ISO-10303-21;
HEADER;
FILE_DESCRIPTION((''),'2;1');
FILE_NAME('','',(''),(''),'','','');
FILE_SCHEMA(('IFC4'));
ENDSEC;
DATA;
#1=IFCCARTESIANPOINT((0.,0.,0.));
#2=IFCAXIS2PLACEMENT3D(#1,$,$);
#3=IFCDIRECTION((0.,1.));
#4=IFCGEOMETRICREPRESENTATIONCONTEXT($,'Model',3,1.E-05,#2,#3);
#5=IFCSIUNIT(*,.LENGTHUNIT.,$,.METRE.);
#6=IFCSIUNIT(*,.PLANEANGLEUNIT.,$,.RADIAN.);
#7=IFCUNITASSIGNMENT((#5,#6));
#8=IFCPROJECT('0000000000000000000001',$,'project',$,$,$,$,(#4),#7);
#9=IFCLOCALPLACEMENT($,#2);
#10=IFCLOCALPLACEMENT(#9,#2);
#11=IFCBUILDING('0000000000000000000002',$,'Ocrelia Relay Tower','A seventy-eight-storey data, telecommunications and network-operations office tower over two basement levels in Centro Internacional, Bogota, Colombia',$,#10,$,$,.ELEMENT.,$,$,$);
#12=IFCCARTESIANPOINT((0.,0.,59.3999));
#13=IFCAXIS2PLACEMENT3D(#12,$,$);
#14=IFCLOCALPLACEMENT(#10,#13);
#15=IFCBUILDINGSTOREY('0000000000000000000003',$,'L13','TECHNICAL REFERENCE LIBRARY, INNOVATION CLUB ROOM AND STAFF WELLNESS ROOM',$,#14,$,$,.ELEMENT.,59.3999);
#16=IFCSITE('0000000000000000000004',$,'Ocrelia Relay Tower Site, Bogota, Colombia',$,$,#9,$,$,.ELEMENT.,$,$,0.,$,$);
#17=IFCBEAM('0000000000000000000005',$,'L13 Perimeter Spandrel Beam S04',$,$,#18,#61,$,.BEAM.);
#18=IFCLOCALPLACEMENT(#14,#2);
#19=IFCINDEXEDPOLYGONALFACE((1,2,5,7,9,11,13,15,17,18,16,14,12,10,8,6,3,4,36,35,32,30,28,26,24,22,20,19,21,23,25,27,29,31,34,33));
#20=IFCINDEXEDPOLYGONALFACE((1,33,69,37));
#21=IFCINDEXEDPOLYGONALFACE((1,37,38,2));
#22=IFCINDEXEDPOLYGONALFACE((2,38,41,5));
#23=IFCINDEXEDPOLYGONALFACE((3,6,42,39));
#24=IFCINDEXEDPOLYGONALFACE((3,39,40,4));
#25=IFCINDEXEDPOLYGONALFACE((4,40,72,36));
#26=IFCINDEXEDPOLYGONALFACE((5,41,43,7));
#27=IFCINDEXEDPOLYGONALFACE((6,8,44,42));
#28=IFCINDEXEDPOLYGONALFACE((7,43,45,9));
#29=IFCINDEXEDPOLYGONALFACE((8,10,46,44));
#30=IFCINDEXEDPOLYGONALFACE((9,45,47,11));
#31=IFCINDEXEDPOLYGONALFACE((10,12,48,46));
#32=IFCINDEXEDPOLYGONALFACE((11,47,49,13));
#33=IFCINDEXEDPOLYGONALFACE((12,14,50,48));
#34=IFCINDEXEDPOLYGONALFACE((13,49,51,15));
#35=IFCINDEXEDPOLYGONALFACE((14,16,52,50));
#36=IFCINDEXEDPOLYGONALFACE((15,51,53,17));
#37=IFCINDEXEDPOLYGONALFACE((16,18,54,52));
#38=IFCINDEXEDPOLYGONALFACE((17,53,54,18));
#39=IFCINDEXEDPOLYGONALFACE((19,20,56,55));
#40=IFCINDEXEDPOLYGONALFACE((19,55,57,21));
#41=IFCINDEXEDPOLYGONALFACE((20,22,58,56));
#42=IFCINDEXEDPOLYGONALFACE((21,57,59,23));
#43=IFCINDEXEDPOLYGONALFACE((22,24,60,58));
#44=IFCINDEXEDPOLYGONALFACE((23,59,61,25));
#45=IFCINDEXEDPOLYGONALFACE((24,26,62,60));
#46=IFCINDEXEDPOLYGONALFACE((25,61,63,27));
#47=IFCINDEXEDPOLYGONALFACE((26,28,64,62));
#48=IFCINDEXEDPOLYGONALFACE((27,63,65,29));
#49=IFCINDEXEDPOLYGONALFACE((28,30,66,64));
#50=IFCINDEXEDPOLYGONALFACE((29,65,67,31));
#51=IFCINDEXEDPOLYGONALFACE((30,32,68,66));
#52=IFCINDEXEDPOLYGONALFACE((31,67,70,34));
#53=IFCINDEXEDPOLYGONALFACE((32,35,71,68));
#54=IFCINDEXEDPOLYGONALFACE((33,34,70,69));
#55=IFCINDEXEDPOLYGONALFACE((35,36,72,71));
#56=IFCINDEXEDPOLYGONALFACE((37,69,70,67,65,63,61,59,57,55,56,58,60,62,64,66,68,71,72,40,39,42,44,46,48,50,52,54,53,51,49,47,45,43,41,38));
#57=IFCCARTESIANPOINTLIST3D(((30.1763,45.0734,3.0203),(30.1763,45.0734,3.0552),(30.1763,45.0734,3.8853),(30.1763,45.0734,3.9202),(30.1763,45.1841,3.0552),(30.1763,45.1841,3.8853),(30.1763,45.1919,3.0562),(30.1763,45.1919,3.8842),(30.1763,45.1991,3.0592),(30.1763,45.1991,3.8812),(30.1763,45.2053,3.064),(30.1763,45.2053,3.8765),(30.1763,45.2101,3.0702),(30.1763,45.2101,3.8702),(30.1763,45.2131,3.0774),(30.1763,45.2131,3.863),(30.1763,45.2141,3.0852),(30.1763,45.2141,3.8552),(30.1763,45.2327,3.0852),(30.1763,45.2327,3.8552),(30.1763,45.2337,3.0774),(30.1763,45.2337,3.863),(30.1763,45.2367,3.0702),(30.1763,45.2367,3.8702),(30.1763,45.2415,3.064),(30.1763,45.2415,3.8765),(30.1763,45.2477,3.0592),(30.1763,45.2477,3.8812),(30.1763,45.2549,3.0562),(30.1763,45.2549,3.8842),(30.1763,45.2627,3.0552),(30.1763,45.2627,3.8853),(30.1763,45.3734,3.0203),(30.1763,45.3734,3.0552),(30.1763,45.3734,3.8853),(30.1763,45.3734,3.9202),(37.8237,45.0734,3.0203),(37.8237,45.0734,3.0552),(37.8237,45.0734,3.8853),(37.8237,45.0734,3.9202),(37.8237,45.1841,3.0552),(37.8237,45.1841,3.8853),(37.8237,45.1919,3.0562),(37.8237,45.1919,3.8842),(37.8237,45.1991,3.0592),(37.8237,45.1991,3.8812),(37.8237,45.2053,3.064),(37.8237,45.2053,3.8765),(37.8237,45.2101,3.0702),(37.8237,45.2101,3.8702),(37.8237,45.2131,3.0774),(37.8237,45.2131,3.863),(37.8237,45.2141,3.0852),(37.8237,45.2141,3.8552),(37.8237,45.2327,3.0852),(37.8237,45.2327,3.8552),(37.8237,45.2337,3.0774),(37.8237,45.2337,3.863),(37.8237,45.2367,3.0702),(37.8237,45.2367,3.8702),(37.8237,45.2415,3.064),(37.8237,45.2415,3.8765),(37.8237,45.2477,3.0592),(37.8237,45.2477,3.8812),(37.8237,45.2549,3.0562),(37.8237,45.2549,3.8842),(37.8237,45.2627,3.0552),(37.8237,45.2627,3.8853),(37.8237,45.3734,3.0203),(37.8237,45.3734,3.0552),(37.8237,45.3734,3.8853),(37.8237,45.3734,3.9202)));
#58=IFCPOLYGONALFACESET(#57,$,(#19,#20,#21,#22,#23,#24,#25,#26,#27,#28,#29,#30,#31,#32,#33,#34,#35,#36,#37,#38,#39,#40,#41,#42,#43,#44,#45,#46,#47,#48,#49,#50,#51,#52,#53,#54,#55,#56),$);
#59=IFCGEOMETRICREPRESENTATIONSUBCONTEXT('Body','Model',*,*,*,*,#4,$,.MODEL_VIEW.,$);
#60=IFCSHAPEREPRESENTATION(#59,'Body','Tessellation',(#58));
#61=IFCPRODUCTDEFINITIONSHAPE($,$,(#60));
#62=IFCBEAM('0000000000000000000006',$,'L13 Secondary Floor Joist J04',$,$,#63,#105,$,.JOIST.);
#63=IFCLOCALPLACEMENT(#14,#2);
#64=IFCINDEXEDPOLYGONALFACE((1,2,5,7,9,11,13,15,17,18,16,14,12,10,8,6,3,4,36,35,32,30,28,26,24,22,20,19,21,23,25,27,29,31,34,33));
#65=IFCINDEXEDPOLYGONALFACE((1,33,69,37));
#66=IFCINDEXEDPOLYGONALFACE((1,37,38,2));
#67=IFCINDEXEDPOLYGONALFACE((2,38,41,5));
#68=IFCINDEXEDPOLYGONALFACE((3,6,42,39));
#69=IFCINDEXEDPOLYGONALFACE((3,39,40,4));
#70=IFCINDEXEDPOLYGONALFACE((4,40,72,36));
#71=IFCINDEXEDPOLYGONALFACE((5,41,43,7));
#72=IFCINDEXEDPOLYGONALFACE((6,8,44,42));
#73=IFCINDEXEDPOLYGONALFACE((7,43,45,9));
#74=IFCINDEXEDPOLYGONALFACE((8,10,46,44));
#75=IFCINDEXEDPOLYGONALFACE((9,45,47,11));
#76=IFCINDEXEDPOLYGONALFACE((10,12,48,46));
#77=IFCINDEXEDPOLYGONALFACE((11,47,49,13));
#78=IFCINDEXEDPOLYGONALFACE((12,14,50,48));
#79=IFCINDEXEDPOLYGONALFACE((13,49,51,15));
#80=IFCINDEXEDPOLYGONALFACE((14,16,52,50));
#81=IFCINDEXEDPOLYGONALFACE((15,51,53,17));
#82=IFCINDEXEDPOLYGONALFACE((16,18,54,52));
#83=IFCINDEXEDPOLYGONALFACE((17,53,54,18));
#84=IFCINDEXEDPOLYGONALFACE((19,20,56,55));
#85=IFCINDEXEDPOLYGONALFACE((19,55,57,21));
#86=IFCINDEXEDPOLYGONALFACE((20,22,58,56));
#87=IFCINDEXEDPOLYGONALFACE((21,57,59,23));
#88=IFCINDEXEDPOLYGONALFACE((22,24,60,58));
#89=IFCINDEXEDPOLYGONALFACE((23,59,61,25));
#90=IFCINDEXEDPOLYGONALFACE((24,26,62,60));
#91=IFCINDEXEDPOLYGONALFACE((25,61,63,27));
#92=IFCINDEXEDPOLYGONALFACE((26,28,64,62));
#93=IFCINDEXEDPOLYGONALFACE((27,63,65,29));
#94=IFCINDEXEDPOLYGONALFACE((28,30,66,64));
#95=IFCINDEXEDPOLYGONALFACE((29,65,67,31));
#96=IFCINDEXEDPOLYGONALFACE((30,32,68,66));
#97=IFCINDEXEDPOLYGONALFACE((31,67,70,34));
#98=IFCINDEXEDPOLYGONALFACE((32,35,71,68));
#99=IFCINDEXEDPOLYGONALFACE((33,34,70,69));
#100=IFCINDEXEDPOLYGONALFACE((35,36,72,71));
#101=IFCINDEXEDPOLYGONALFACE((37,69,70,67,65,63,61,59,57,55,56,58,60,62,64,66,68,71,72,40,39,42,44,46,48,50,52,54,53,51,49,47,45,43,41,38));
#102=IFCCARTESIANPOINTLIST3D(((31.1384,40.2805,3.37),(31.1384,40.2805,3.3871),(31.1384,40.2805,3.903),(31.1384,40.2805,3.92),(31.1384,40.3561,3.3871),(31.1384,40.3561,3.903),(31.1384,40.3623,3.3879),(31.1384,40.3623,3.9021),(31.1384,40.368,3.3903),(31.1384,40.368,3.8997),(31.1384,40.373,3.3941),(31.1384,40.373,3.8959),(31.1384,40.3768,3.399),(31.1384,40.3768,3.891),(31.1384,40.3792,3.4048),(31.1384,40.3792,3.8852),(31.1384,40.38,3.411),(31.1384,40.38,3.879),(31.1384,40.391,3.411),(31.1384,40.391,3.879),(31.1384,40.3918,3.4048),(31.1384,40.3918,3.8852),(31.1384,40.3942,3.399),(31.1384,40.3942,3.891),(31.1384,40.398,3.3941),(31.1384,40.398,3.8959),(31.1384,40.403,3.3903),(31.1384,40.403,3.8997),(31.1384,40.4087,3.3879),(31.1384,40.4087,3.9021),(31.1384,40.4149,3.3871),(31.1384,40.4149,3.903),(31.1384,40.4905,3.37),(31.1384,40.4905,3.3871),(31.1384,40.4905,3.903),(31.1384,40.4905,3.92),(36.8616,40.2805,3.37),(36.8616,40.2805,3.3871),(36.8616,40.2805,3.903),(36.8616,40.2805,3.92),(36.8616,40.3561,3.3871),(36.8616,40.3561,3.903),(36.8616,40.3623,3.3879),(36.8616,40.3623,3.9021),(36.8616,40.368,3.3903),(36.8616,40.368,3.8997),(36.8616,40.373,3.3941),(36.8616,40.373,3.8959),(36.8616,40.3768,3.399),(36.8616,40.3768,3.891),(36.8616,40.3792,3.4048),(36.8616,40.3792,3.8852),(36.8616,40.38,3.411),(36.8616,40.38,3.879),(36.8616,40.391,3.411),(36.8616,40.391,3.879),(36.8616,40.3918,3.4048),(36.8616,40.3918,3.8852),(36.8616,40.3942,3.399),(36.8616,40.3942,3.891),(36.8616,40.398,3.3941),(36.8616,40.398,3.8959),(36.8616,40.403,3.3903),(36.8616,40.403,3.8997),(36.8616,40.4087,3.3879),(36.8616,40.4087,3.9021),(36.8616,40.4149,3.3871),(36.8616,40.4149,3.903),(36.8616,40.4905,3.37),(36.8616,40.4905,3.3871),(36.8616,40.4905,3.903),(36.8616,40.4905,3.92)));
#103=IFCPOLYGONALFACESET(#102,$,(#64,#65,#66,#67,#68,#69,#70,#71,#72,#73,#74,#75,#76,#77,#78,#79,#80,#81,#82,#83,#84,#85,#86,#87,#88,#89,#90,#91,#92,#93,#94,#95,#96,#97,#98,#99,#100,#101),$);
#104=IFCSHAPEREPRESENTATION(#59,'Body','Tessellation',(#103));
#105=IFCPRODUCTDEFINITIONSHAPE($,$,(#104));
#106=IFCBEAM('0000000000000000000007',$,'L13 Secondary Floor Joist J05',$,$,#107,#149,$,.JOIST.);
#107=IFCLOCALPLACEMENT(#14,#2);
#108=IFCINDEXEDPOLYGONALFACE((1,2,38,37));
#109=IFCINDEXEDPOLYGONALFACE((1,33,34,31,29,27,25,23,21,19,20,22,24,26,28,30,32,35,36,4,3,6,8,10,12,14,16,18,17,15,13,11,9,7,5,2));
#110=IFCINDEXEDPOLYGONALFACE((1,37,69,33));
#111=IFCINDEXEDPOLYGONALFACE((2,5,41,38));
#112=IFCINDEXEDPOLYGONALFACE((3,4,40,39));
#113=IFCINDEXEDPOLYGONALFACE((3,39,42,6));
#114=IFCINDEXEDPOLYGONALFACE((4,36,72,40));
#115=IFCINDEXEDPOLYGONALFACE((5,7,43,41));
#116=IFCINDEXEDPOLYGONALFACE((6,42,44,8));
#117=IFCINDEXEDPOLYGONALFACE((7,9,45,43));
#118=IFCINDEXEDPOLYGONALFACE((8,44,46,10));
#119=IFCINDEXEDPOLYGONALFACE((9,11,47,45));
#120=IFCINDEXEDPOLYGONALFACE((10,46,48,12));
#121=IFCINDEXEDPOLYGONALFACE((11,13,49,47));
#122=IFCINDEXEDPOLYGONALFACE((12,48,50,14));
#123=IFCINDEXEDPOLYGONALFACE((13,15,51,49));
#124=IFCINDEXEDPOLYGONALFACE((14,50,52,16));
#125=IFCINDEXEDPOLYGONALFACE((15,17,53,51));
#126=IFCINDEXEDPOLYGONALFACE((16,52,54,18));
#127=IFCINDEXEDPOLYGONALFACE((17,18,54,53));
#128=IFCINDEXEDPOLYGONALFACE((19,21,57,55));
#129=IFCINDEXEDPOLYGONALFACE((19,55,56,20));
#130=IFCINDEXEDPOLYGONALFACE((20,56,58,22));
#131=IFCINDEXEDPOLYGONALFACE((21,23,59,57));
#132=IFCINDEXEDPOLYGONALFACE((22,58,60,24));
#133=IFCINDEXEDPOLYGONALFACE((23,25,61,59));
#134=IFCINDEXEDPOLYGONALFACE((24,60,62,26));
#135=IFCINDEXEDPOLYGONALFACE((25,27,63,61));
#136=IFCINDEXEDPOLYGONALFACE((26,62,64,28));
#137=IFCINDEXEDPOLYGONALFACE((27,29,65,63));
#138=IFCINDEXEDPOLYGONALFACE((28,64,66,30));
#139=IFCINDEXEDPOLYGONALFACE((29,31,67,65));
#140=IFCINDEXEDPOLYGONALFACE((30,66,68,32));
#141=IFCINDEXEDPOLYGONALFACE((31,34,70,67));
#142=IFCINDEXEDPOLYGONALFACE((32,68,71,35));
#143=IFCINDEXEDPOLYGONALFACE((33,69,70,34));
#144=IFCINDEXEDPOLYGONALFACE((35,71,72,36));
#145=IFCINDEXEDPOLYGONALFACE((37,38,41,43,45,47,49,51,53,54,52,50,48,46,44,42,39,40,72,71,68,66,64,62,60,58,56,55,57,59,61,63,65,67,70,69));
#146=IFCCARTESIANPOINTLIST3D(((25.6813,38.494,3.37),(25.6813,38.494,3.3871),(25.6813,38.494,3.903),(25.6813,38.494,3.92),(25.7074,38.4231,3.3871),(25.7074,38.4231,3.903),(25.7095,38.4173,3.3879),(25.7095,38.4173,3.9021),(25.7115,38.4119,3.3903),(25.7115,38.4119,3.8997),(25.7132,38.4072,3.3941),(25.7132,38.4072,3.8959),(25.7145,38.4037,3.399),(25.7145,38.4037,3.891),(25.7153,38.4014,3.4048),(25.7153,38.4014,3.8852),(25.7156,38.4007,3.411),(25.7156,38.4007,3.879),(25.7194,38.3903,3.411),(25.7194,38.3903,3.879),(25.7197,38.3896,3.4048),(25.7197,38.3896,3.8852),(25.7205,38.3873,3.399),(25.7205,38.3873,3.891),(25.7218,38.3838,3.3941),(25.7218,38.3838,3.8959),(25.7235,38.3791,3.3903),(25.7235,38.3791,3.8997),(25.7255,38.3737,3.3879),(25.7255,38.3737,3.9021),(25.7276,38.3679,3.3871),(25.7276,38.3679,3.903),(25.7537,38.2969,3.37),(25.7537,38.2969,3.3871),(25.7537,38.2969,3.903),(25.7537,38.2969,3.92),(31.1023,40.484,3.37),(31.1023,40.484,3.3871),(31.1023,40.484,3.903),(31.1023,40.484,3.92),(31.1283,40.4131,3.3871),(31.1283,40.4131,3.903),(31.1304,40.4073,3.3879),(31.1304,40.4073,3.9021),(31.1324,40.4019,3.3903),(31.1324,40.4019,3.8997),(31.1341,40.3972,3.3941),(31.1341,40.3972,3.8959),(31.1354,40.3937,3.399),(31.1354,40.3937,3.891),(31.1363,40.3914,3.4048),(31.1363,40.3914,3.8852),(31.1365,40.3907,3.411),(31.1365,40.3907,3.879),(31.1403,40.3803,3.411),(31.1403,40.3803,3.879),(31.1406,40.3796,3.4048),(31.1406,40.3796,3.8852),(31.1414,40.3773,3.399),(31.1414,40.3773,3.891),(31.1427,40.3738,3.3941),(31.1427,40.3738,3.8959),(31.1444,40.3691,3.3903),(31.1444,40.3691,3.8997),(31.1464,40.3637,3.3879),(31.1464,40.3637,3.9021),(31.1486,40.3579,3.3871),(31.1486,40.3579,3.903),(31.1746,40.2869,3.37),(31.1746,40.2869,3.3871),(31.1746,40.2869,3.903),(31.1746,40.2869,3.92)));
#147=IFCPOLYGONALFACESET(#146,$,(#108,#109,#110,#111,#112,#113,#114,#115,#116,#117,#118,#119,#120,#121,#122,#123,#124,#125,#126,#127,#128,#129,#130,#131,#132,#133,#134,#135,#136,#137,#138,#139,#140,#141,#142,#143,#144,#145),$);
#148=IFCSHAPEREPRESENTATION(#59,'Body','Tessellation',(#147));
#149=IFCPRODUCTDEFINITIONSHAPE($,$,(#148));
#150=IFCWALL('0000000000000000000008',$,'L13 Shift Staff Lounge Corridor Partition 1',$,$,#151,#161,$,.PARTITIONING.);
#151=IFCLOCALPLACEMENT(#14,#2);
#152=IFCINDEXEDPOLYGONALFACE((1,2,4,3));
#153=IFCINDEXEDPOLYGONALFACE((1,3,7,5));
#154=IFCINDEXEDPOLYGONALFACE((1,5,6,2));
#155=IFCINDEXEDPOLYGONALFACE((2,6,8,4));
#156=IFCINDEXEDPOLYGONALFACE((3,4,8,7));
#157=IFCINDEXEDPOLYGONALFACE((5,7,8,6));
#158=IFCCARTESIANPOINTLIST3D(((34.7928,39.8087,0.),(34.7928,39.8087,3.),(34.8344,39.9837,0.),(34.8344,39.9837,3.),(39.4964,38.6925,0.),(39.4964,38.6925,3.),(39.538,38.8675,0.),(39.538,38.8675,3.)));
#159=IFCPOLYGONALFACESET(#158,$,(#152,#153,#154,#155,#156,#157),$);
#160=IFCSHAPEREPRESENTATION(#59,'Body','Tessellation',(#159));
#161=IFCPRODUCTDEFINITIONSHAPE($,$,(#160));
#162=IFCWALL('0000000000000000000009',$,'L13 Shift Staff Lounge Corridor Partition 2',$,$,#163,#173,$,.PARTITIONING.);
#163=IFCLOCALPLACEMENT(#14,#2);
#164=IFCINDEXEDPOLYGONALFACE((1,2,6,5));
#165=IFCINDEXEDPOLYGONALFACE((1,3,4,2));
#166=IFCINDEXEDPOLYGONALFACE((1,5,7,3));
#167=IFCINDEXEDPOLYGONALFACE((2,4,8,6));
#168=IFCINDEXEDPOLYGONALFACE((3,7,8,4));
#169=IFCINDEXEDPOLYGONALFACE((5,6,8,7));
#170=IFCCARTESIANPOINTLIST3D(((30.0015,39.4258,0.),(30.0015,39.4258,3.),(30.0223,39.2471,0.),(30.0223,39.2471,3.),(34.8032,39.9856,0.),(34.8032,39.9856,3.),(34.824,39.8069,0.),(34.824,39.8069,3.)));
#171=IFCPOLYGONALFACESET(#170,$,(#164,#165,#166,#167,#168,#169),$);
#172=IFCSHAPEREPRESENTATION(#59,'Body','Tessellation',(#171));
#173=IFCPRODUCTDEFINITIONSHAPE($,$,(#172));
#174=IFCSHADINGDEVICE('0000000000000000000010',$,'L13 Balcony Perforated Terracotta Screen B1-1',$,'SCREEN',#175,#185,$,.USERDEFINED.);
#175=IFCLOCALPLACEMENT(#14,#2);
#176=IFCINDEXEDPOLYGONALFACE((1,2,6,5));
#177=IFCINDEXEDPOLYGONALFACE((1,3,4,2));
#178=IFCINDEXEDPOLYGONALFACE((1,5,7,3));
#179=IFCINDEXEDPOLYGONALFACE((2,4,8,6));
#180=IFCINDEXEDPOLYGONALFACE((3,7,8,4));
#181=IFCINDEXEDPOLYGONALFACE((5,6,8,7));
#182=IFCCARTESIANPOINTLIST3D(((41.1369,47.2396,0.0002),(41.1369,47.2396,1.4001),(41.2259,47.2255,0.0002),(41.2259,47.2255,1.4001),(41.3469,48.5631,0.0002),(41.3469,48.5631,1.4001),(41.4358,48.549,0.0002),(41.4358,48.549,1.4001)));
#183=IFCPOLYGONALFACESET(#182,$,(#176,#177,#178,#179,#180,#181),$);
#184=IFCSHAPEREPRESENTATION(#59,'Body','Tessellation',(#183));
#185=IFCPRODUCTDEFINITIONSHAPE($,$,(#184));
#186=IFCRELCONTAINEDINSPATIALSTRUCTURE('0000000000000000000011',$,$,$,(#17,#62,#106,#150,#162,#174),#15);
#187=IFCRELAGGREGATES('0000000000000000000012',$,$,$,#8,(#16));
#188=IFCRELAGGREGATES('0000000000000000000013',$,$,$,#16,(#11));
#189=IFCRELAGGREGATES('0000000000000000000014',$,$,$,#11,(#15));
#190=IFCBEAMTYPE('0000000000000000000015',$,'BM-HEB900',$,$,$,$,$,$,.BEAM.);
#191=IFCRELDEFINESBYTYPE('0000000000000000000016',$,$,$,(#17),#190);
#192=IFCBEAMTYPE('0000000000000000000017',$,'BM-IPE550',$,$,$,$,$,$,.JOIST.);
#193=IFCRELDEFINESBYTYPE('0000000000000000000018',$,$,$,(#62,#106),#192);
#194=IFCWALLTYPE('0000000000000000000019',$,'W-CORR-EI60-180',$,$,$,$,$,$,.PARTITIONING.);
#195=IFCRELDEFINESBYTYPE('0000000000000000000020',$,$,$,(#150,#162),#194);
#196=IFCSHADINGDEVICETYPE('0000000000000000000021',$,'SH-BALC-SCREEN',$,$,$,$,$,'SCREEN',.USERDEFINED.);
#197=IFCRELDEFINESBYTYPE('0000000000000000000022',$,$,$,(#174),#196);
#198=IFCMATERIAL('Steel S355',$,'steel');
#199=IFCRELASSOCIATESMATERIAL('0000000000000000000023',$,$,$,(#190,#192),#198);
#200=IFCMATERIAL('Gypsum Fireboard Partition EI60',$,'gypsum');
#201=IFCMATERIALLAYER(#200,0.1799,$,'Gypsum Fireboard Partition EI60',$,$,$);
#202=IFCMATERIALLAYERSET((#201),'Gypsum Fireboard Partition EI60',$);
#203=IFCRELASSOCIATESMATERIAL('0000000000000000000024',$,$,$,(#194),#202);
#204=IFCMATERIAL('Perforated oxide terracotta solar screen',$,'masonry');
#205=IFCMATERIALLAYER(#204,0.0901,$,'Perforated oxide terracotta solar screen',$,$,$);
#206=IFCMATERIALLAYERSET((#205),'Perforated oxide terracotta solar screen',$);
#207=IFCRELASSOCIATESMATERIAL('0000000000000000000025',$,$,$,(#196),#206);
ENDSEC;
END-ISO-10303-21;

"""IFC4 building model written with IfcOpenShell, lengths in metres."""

from ifc_helpers import new_model, si_unit, direction, frame, frame_2d, origin, origin_2d, place, context, subcontext, project, spatial, rectangle, i_section, extrude, material, layer, layer_set, material_profile, profile_set, type_object, element, save


model = new_model("IFC4")

# Units and contexts
model_context = context("Model", 3, precision=1e-05, world=origin(), true_north=direction((0.0, 1.0)))
body_context = subcontext(model_context, "Body", "Model", "MODEL_VIEW")
ifc_project = project(units=[si_unit("LENGTHUNIT", "METRE"), si_unit("PLANEANGLEUNIT", "RADIAN")], contexts=[model_context])

# Site, building, storey
site_placement = place(None, origin())
site = spatial("IfcSite", under=ifc_project, at=site_placement, Name="Ocrelia Relay Tower Site, Bogota, Colombia", CompositionType="ELEMENT", RefElevation=0.0)
building_placement = place(site_placement, origin())
building = spatial("IfcBuilding", under=site, at=building_placement, Name="Ocrelia Relay Tower", Description="A seventy-eight-storey data, telecommunications and network-operations office tower over two basement levels in Centro Internacional, Bogota, Colombia", CompositionType="ELEMENT")
storey_placement = place(building_placement, frame((0.0, 0.0, 59.3999)))
storey = spatial("IfcBuildingStorey", under=building, at=storey_placement, Name="L13", Description="TECHNICAL REFERENCE LIBRARY, INNOVATION CLUB ROOM AND STAFF WELLNESS ROOM", CompositionType="ELEMENT", Elevation=59.3999)

# Beams
ifc_material_1 = material(Name="Steel S355", Category="steel")
ifc_material_profile_1 = material_profile(ifc_material_1, i_section(OverallWidth=0.3, OverallDepth=0.8999, WebThickness=0.0186, FlangeThickness=0.0349, FilletRadius=0.03, at=origin_2d()), Name="HEB 900")
ifc_profile_set_1 = profile_set([ifc_material_profile_1], Name="Steel S355")
beam_type_1 = type_object("IfcBeamType", Name="BM-HEB900", PredefinedType="BEAM", material=ifc_profile_set_1)
for number, where, z_axis, x_axis, name in (
    (1, (37.8237, 45.2234, 3.4702), (-1.0, 0.0, 0.0), (0.0, -1.0, 0.0), "L13 Perimeter Spandrel Beam S04"),
):
    element("IfcBeam", number, at=place(storey_placement, frame(where, z_axis=z_axis, x_axis=x_axis)), inside=storey, type_object=beam_type_1, Name=name, PredefinedType="BEAM", context=body_context, shape_type="SweptSolid", body=[
        extrude(i_section(OverallWidth=0.3, OverallDepth=0.8999, WebThickness=0.0186, FlangeThickness=0.0349, FilletRadius=0.03, at=origin_2d()), origin(), (0.0, 0.0, 1.0), 7.6475),
    ])
ifc_material_profile_2 = material_profile(ifc_material_1, i_section(OverallWidth=0.21, OverallDepth=0.55, WebThickness=0.011, FlangeThickness=0.0171, FilletRadius=0.0239, at=origin_2d()), Name="IPE 550")
ifc_profile_set_2 = profile_set([ifc_material_profile_2], Name="Steel S355")
beam_type_2 = type_object("IfcBeamType", Name="BM-IPE550", PredefinedType="JOIST", material=ifc_profile_set_2)
beam_1_placement = place(storey_placement, frame((36.8616, 40.3855, 3.645), z_axis=(-1.0, 0.0, 0.0), x_axis=(0.0, -1.0, 0.0)))
element("IfcBeam", 2, at=beam_1_placement, inside=storey, type_object=beam_type_2, Name="L13 Secondary Floor Joist J04", PredefinedType="JOIST", context=body_context, shape_type="SweptSolid", body=[
    extrude(i_section(OverallWidth=0.21, OverallDepth=0.55, WebThickness=0.011, FlangeThickness=0.0171, FilletRadius=0.0239, at=origin_2d()), origin(), (0.0, 0.0, 1.0), 5.7231),
])
beam_2_placement = place(storey_placement, frame((31.1384, 40.3855, 3.645), z_axis=(-0.938746, -0.34461, 0.0), x_axis=(0.34461, -0.938746, 0.0)))
element("IfcBeam", 3, at=beam_2_placement, inside=storey, type_object=beam_type_2, Name="L13 Secondary Floor Joist J05", PredefinedType="JOIST", context=body_context, shape_type="SweptSolid", body=[
    extrude(i_section(OverallWidth=0.21, OverallDepth=0.55, WebThickness=0.011, FlangeThickness=0.0171, FilletRadius=0.0239, at=origin_2d()), origin(), (0.0, 0.0, 1.0), 5.7747),
])

# Walls
ifc_material_2 = material(Name="Gypsum Fireboard Partition EI60", Category="gypsum")
ifc_layer_1 = layer(ifc_material_2, 0.1799, Name="Gypsum Fireboard Partition EI60")
ifc_layer_set_1 = layer_set([ifc_layer_1], Name="Gypsum Fireboard Partition EI60")
wall_type_1 = type_object("IfcWallType", Name="W-CORR-EI60-180", PredefinedType="PARTITIONING", material=ifc_layer_set_1)
for number, where, z_axis, x_axis, name in (
    (4, (39.5171, 38.78, 0.0), (0.0, 0.0, 1.0), (-0.972978, 0.230897, 0.0), "L13 Shift Staff Lounge Corridor Partition 1"),
    (5, (34.8135, 39.8962, 0.0), (0.0, 0.0, 1.0), (-0.993272, -0.115801, 0.0), "L13 Shift Staff Lounge Corridor Partition 2"),
):
    element("IfcWall", number, at=place(storey_placement, frame(where, z_axis=z_axis, x_axis=x_axis)), inside=storey, type_object=wall_type_1, Name=name, PredefinedType="PARTITIONING", context=body_context, shape_type="SweptSolid", body=[
        extrude(rectangle(XDim=4.8342, YDim=0.1799, at=frame_2d((2.417, 0.0))), origin(), (0.0, 0.0, 1.0), 3.0),
    ])

# Shading device
ifc_material_3 = material(Name="Perforated oxide terracotta solar screen", Category="masonry")
ifc_layer_2 = layer(ifc_material_3, 0.0901, Name="Perforated oxide terracotta solar screen")
ifc_layer_set_2 = layer_set([ifc_layer_2], Name="Perforated oxide terracotta solar screen")
shading_device_type_1 = type_object("IfcShadingDeviceType", Name="SH-BALC-SCREEN", ElementType="SCREEN", PredefinedType="USERDEFINED", material=ifc_layer_set_2)
shading_device_1_placement = place(storey_placement, frame((41.2864, 47.8943, 0.0002), z_axis=(0.0, 0.0, 1.0), x_axis=(0.156655, 0.987653, 0.0)))
element("IfcShadingDevice", 6, at=shading_device_1_placement, inside=storey, type_object=shading_device_type_1, Name="L13 Balcony Perforated Terracotta Screen B1-1", ObjectType="SCREEN", PredefinedType="USERDEFINED", context=body_context, shape_type="SweptSolid", body=[
    extrude(rectangle(XDim=1.3401, YDim=0.0901, at=origin_2d()), origin(), (0.0, 0.0, 1.0), 1.3999),
])

save(model, "model.ifc")
